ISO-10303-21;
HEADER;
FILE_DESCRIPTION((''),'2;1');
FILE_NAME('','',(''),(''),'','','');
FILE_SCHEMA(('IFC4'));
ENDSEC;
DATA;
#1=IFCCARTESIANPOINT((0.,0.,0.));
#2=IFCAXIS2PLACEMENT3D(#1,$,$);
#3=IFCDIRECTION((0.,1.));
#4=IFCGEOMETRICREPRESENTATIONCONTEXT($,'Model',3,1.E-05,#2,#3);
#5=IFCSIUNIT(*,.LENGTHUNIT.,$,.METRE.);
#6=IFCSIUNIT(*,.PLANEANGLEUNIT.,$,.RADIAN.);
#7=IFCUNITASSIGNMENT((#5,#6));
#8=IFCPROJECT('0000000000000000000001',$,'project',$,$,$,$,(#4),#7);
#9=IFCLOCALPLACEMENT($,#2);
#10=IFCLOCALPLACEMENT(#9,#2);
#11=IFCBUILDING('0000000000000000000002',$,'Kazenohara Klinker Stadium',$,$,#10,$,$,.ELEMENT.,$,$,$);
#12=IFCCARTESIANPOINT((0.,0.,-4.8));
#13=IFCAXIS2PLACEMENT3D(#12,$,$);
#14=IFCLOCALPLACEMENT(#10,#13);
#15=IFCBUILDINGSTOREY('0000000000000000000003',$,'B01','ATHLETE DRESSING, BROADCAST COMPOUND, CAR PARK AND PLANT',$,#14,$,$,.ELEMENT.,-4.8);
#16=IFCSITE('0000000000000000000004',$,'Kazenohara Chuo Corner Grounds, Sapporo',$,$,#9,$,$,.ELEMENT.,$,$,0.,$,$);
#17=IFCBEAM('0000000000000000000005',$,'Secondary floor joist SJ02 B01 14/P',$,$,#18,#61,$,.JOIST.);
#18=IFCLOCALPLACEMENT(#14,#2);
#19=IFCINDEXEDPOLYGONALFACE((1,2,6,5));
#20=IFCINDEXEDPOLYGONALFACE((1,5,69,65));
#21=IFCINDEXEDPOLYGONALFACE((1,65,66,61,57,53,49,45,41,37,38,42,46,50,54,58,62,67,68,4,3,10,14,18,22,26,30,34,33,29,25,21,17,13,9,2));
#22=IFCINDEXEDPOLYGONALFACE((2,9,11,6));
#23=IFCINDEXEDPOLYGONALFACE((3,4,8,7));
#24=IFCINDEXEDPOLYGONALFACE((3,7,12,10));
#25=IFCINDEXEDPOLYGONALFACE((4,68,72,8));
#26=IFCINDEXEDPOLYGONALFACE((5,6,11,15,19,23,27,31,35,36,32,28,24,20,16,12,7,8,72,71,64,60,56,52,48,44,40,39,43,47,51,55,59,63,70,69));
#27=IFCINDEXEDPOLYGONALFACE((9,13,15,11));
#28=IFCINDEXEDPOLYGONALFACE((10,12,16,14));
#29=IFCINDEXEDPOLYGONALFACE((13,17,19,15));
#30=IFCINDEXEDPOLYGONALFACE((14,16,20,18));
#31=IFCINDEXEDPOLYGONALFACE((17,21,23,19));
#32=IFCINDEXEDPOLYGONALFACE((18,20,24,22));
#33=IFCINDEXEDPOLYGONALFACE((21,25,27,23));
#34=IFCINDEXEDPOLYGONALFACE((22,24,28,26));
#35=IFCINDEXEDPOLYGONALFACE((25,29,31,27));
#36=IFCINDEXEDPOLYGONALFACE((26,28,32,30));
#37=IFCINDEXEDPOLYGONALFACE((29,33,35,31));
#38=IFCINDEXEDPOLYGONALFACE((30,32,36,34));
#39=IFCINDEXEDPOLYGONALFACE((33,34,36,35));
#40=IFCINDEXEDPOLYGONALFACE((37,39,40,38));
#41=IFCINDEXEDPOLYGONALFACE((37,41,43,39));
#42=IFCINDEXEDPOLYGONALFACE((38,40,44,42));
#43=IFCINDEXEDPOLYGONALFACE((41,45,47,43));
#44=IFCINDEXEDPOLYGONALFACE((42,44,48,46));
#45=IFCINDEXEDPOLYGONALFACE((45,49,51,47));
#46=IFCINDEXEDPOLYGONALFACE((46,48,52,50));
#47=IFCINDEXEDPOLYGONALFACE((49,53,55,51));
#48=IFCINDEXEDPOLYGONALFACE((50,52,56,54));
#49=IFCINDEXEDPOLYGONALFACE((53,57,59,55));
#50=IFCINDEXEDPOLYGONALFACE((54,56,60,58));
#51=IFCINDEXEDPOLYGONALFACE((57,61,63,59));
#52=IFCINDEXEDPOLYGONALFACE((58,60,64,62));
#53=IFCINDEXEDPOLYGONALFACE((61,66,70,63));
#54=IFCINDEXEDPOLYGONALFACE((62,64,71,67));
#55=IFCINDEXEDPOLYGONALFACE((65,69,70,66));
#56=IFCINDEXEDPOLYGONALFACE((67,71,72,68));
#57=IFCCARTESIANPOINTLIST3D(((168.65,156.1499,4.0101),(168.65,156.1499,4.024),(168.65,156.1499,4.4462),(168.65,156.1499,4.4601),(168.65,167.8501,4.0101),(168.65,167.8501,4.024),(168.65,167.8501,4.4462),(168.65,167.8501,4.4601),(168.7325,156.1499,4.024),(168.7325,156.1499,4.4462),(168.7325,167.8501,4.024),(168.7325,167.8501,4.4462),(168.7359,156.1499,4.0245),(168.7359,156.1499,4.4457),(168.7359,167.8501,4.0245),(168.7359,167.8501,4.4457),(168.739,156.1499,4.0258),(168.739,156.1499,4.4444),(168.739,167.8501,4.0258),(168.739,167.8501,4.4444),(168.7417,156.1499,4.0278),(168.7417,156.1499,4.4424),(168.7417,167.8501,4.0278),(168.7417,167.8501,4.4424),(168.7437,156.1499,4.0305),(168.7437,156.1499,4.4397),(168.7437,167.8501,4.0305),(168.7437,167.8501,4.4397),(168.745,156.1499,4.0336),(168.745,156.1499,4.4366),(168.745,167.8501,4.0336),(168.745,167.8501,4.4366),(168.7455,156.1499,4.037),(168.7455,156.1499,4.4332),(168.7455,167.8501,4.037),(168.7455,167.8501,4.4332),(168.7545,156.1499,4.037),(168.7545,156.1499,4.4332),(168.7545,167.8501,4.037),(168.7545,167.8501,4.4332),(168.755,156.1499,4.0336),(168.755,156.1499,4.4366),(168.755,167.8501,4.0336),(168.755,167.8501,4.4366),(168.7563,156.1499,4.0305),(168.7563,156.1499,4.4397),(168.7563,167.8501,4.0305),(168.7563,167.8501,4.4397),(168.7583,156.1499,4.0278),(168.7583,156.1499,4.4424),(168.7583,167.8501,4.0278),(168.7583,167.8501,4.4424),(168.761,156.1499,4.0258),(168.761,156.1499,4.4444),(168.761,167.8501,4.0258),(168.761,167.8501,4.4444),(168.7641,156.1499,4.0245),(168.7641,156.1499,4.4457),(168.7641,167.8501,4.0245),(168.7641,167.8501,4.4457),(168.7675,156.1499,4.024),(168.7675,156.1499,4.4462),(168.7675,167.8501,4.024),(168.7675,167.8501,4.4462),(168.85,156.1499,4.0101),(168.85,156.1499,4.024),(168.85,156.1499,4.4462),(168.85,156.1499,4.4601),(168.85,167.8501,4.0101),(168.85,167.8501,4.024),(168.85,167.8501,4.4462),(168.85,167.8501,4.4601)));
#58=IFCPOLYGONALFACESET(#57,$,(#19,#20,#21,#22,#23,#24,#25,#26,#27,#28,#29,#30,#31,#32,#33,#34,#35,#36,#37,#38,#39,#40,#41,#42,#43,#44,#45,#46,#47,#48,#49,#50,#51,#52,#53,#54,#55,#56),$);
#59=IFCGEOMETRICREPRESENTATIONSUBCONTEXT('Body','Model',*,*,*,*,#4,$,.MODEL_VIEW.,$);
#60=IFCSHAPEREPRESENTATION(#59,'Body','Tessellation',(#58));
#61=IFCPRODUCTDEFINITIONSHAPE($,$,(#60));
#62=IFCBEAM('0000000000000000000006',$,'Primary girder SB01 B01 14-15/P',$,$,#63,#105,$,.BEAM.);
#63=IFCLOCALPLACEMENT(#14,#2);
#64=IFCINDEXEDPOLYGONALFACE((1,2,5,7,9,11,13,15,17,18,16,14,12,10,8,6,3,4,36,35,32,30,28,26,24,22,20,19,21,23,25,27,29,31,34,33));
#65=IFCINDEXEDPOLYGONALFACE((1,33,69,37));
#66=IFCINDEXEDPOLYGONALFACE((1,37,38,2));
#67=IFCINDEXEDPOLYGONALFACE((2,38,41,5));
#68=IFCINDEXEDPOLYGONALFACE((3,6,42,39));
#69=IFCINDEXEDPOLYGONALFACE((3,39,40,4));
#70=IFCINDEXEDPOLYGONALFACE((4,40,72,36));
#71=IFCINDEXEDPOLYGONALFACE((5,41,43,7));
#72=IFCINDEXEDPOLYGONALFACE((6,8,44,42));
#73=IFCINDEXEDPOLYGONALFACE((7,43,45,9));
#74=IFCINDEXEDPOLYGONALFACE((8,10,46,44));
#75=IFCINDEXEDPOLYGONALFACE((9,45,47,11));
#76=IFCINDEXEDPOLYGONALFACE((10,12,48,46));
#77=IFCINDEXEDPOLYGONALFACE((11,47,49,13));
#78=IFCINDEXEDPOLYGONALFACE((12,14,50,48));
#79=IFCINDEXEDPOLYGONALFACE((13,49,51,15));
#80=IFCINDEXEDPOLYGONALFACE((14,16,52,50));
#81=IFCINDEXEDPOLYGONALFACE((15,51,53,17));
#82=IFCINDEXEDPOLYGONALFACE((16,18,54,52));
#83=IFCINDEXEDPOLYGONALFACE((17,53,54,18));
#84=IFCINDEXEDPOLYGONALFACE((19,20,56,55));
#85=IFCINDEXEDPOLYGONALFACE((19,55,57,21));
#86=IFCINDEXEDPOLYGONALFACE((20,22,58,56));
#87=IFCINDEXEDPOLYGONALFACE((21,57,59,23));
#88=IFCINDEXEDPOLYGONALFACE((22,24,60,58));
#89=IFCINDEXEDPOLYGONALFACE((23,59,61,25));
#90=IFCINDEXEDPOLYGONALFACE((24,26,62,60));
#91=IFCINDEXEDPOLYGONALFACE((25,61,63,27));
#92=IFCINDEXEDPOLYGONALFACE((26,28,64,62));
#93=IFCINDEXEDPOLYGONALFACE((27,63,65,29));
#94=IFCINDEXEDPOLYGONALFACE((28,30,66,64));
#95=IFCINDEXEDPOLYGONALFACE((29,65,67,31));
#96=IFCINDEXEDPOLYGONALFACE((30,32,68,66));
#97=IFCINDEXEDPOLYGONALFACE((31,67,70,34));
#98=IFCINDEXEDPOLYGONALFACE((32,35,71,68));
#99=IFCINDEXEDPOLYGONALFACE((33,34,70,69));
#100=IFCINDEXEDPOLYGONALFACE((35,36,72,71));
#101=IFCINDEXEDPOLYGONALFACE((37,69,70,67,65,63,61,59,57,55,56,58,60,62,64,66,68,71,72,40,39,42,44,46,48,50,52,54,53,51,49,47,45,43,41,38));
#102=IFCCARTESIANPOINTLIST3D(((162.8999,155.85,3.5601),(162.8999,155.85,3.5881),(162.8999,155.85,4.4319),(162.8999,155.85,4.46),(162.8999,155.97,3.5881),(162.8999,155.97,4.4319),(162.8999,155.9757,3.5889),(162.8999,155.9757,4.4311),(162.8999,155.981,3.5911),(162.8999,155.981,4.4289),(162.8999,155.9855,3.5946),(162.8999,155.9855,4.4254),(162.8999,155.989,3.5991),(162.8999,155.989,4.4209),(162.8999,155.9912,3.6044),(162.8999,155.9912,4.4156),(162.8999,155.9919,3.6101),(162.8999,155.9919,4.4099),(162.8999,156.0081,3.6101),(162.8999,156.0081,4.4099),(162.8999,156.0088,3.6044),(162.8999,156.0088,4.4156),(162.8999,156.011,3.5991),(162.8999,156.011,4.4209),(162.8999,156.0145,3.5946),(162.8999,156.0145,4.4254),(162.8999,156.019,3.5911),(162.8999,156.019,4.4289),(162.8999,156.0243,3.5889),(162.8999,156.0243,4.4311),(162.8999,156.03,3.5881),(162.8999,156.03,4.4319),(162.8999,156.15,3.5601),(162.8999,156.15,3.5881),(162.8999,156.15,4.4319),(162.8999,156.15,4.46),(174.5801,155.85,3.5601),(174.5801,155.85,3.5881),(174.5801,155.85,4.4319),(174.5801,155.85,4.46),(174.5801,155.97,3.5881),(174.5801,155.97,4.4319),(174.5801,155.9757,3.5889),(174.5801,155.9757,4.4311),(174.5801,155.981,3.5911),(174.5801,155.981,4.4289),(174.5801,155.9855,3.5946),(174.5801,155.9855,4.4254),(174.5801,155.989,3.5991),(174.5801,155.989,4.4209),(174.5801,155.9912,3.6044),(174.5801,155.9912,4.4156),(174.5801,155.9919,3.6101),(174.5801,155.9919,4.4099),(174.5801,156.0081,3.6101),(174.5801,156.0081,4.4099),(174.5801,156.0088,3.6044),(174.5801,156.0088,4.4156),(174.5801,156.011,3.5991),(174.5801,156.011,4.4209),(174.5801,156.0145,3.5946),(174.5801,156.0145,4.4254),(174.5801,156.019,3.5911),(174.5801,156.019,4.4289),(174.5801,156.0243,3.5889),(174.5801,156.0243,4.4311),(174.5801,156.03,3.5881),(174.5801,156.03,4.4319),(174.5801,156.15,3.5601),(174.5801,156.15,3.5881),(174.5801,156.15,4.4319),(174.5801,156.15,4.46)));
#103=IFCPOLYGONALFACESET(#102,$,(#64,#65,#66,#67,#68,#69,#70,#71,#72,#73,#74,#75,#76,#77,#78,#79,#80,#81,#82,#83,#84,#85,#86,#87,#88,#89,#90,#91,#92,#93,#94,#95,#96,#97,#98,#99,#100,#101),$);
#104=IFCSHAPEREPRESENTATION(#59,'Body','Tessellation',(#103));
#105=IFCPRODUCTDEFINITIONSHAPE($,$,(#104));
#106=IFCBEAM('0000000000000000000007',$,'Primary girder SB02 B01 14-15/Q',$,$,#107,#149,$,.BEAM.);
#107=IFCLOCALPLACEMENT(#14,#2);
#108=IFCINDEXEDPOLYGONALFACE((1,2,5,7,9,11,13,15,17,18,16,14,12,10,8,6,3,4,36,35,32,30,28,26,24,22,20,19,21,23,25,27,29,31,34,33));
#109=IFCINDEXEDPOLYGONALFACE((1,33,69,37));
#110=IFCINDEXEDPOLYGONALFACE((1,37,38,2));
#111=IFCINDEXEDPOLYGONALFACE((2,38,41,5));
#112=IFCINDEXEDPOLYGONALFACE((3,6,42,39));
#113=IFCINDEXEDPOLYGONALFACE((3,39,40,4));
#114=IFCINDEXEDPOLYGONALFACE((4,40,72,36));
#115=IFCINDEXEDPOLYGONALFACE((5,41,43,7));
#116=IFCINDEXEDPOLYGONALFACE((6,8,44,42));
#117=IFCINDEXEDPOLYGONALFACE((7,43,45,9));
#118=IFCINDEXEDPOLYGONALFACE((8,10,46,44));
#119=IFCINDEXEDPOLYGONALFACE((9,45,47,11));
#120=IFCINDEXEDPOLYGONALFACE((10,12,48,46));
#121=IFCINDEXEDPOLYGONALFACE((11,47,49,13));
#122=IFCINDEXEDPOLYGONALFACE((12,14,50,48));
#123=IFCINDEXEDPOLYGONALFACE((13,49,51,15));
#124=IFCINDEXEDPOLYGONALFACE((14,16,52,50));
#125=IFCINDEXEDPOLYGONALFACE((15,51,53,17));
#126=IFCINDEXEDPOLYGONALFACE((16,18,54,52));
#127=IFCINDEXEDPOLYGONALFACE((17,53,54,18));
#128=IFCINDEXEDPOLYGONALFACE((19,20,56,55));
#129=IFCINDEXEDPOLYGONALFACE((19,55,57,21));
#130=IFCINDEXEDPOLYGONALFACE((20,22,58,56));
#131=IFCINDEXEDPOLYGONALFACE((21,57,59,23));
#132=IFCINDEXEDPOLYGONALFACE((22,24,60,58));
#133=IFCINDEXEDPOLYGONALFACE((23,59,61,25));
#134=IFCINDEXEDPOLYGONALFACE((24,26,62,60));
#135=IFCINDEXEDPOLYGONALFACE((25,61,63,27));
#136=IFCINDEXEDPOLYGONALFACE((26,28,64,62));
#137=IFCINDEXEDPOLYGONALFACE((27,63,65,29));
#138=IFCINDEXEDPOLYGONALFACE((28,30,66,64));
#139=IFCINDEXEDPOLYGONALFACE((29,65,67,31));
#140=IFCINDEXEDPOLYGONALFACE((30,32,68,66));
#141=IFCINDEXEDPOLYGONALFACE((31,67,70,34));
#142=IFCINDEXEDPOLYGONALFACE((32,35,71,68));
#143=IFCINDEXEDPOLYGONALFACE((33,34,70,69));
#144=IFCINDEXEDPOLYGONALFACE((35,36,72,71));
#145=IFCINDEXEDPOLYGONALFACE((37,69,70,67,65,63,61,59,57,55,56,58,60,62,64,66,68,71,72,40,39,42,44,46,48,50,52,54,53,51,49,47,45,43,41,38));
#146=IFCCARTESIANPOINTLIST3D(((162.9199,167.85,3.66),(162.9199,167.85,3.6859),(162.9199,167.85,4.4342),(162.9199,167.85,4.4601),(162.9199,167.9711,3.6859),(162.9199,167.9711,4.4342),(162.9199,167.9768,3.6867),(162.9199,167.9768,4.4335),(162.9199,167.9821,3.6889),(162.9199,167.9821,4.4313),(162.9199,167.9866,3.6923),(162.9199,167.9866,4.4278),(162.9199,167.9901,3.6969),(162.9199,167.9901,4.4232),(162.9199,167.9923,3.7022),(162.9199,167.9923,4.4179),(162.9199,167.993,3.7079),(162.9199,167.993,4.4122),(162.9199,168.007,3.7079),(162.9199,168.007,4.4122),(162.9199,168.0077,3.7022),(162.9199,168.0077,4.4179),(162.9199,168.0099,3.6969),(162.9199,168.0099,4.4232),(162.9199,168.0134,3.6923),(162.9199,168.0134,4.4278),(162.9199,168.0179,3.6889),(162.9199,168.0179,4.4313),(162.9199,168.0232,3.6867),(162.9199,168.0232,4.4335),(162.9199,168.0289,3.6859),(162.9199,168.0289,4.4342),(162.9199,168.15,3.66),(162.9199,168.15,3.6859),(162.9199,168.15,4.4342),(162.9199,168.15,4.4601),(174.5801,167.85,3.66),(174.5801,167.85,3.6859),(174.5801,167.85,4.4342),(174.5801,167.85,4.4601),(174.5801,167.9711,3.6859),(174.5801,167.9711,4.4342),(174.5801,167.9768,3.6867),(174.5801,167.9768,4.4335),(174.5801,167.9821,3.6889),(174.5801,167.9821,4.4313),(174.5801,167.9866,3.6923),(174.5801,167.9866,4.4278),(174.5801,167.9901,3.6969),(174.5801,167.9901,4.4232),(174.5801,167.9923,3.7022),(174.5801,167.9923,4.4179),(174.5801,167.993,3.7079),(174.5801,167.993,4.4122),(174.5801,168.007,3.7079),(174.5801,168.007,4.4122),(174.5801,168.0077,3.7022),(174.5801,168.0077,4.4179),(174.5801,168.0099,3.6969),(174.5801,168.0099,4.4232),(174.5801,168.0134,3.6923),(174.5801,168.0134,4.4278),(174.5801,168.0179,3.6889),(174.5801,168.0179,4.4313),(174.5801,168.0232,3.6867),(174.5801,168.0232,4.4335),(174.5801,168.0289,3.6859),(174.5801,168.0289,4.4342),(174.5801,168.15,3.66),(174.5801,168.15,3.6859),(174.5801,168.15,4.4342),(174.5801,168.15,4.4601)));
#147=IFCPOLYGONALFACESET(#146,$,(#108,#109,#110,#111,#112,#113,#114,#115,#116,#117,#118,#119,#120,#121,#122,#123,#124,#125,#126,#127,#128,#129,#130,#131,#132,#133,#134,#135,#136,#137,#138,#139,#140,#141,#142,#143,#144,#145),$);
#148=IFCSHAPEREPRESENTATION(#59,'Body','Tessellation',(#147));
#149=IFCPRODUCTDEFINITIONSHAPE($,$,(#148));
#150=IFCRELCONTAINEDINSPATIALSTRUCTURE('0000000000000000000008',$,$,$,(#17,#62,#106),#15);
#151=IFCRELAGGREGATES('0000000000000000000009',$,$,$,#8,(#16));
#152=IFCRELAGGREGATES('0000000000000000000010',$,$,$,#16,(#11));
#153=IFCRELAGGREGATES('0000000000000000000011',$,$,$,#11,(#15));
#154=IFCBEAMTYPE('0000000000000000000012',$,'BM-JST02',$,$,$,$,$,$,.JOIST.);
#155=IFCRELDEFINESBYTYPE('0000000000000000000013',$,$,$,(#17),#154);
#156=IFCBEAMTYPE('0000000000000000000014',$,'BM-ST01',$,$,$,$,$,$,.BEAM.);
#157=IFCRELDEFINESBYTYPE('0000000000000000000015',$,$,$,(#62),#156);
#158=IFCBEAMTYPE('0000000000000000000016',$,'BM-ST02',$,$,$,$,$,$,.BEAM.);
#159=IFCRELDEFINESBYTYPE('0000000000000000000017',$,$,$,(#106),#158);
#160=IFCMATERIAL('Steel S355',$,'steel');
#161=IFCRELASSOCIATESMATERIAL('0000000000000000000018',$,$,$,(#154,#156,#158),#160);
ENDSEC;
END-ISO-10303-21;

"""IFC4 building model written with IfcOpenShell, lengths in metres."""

from ifc_helpers import new_model, si_unit, direction, frame, origin, origin_2d, place, context, subcontext, project, spatial, i_section, extrude, material, material_profile, profile_set, type_object, element, save


model = new_model("IFC4")

# Units and contexts
model_context = context("Model", 3, precision=1e-05, world=origin(), true_north=direction((0.0, 1.0)))
body_context = subcontext(model_context, "Body", "Model", "MODEL_VIEW")
ifc_project = project(units=[si_unit("LENGTHUNIT", "METRE"), si_unit("PLANEANGLEUNIT", "RADIAN")], contexts=[model_context])

# Site, building, storey
site_placement = place(None, origin())
site = spatial("IfcSite", under=ifc_project, at=site_placement, Name="Kazenohara Chuo Corner Grounds, Sapporo", CompositionType="ELEMENT", RefElevation=0.0)
building_placement = place(site_placement, origin())
building = spatial("IfcBuilding", under=site, at=building_placement, Name="Kazenohara Klinker Stadium", CompositionType="ELEMENT")
storey_placement = place(building_placement, frame((0.0, 0.0, -4.8)))
storey = spatial("IfcBuildingStorey", under=building, at=storey_placement, Name="B01", Description="ATHLETE DRESSING, BROADCAST COMPOUND, CAR PARK AND PLANT", CompositionType="ELEMENT", Elevation=-4.8)

# Beams
ifc_material_1 = material(Name="Steel S355", Category="steel")
ifc_material_profile_1 = material_profile(ifc_material_1, i_section(OverallWidth=0.2, OverallDepth=0.45, WebThickness=0.009, FlangeThickness=0.0139, FilletRadius=0.0129, at=origin_2d()), Name="H-450x200x9x14")
ifc_profile_set_1 = profile_set([ifc_material_profile_1], Name="Steel S355")
beam_type_1 = type_object("IfcBeamType", Name="BM-JST02", PredefinedType="JOIST", material=ifc_profile_set_1)
beam_1_placement = place(storey_placement, frame((168.75, 156.1499, 4.2351), z_axis=(0.0, 1.0, 0.0), x_axis=(-1.0, 0.0, 0.0)))
element("IfcBeam", 1, at=beam_1_placement, inside=storey, type_object=beam_type_1, Name="Secondary floor joist SJ02 B01 14/P", PredefinedType="JOIST", context=body_context, shape_type="SweptSolid", body=[
    extrude(i_section(OverallWidth=0.2, OverallDepth=0.45, WebThickness=0.009, FlangeThickness=0.0139, FilletRadius=0.0129, at=origin_2d()), origin(), (0.0, 0.0, 1.0), 11.7002),
])
ifc_material_profile_2 = material_profile(ifc_material_1, i_section(OverallWidth=0.3, OverallDepth=0.8999, WebThickness=0.0161, FlangeThickness=0.0281, FilletRadius=0.022, at=origin_2d()), Name="H-900x300x16x28")
ifc_profile_set_2 = profile_set([ifc_material_profile_2], Name="Steel S355")
beam_type_2 = type_object("IfcBeamType", Name="BM-ST01", PredefinedType="BEAM", material=ifc_profile_set_2)
beam_2_placement = place(storey_placement, frame((162.8999, 156.0, 4.01), z_axis=(1.0, 0.0, 0.0), x_axis=(0.0, 1.0, 0.0)))
element("IfcBeam", 2, at=beam_2_placement, inside=storey, type_object=beam_type_2, Name="Primary girder SB01 B01 14-15/P", PredefinedType="BEAM", context=body_context, shape_type="SweptSolid", body=[
    extrude(i_section(OverallWidth=0.3, OverallDepth=0.8999, WebThickness=0.0161, FlangeThickness=0.0281, FilletRadius=0.022, at=origin_2d()), origin(), (0.0, 0.0, 1.0), 11.6802),
])
ifc_material_profile_3 = material_profile(ifc_material_1, i_section(OverallWidth=0.3, OverallDepth=0.8, WebThickness=0.0139, FlangeThickness=0.0259, FilletRadius=0.022, at=origin_2d()), Name="H-800x300x14x26")
ifc_profile_set_3 = profile_set([ifc_material_profile_3], Name="Steel S355")
beam_type_3 = type_object("IfcBeamType", Name="BM-ST02", PredefinedType="BEAM", material=ifc_profile_set_3)
beam_3_placement = place(storey_placement, frame((162.9199, 168.0, 4.0601), z_axis=(1.0, 0.0, 0.0), x_axis=(0.0, 1.0, 0.0)))
element("IfcBeam", 3, at=beam_3_placement, inside=storey, type_object=beam_type_3, Name="Primary girder SB02 B01 14-15/Q", PredefinedType="BEAM", context=body_context, shape_type="SweptSolid", body=[
    extrude(i_section(OverallWidth=0.3, OverallDepth=0.8, WebThickness=0.0139, FlangeThickness=0.0259, FilletRadius=0.022, at=origin_2d()), origin(), (0.0, 0.0, 1.0), 11.6602),
])

save(model, "model.ifc")
